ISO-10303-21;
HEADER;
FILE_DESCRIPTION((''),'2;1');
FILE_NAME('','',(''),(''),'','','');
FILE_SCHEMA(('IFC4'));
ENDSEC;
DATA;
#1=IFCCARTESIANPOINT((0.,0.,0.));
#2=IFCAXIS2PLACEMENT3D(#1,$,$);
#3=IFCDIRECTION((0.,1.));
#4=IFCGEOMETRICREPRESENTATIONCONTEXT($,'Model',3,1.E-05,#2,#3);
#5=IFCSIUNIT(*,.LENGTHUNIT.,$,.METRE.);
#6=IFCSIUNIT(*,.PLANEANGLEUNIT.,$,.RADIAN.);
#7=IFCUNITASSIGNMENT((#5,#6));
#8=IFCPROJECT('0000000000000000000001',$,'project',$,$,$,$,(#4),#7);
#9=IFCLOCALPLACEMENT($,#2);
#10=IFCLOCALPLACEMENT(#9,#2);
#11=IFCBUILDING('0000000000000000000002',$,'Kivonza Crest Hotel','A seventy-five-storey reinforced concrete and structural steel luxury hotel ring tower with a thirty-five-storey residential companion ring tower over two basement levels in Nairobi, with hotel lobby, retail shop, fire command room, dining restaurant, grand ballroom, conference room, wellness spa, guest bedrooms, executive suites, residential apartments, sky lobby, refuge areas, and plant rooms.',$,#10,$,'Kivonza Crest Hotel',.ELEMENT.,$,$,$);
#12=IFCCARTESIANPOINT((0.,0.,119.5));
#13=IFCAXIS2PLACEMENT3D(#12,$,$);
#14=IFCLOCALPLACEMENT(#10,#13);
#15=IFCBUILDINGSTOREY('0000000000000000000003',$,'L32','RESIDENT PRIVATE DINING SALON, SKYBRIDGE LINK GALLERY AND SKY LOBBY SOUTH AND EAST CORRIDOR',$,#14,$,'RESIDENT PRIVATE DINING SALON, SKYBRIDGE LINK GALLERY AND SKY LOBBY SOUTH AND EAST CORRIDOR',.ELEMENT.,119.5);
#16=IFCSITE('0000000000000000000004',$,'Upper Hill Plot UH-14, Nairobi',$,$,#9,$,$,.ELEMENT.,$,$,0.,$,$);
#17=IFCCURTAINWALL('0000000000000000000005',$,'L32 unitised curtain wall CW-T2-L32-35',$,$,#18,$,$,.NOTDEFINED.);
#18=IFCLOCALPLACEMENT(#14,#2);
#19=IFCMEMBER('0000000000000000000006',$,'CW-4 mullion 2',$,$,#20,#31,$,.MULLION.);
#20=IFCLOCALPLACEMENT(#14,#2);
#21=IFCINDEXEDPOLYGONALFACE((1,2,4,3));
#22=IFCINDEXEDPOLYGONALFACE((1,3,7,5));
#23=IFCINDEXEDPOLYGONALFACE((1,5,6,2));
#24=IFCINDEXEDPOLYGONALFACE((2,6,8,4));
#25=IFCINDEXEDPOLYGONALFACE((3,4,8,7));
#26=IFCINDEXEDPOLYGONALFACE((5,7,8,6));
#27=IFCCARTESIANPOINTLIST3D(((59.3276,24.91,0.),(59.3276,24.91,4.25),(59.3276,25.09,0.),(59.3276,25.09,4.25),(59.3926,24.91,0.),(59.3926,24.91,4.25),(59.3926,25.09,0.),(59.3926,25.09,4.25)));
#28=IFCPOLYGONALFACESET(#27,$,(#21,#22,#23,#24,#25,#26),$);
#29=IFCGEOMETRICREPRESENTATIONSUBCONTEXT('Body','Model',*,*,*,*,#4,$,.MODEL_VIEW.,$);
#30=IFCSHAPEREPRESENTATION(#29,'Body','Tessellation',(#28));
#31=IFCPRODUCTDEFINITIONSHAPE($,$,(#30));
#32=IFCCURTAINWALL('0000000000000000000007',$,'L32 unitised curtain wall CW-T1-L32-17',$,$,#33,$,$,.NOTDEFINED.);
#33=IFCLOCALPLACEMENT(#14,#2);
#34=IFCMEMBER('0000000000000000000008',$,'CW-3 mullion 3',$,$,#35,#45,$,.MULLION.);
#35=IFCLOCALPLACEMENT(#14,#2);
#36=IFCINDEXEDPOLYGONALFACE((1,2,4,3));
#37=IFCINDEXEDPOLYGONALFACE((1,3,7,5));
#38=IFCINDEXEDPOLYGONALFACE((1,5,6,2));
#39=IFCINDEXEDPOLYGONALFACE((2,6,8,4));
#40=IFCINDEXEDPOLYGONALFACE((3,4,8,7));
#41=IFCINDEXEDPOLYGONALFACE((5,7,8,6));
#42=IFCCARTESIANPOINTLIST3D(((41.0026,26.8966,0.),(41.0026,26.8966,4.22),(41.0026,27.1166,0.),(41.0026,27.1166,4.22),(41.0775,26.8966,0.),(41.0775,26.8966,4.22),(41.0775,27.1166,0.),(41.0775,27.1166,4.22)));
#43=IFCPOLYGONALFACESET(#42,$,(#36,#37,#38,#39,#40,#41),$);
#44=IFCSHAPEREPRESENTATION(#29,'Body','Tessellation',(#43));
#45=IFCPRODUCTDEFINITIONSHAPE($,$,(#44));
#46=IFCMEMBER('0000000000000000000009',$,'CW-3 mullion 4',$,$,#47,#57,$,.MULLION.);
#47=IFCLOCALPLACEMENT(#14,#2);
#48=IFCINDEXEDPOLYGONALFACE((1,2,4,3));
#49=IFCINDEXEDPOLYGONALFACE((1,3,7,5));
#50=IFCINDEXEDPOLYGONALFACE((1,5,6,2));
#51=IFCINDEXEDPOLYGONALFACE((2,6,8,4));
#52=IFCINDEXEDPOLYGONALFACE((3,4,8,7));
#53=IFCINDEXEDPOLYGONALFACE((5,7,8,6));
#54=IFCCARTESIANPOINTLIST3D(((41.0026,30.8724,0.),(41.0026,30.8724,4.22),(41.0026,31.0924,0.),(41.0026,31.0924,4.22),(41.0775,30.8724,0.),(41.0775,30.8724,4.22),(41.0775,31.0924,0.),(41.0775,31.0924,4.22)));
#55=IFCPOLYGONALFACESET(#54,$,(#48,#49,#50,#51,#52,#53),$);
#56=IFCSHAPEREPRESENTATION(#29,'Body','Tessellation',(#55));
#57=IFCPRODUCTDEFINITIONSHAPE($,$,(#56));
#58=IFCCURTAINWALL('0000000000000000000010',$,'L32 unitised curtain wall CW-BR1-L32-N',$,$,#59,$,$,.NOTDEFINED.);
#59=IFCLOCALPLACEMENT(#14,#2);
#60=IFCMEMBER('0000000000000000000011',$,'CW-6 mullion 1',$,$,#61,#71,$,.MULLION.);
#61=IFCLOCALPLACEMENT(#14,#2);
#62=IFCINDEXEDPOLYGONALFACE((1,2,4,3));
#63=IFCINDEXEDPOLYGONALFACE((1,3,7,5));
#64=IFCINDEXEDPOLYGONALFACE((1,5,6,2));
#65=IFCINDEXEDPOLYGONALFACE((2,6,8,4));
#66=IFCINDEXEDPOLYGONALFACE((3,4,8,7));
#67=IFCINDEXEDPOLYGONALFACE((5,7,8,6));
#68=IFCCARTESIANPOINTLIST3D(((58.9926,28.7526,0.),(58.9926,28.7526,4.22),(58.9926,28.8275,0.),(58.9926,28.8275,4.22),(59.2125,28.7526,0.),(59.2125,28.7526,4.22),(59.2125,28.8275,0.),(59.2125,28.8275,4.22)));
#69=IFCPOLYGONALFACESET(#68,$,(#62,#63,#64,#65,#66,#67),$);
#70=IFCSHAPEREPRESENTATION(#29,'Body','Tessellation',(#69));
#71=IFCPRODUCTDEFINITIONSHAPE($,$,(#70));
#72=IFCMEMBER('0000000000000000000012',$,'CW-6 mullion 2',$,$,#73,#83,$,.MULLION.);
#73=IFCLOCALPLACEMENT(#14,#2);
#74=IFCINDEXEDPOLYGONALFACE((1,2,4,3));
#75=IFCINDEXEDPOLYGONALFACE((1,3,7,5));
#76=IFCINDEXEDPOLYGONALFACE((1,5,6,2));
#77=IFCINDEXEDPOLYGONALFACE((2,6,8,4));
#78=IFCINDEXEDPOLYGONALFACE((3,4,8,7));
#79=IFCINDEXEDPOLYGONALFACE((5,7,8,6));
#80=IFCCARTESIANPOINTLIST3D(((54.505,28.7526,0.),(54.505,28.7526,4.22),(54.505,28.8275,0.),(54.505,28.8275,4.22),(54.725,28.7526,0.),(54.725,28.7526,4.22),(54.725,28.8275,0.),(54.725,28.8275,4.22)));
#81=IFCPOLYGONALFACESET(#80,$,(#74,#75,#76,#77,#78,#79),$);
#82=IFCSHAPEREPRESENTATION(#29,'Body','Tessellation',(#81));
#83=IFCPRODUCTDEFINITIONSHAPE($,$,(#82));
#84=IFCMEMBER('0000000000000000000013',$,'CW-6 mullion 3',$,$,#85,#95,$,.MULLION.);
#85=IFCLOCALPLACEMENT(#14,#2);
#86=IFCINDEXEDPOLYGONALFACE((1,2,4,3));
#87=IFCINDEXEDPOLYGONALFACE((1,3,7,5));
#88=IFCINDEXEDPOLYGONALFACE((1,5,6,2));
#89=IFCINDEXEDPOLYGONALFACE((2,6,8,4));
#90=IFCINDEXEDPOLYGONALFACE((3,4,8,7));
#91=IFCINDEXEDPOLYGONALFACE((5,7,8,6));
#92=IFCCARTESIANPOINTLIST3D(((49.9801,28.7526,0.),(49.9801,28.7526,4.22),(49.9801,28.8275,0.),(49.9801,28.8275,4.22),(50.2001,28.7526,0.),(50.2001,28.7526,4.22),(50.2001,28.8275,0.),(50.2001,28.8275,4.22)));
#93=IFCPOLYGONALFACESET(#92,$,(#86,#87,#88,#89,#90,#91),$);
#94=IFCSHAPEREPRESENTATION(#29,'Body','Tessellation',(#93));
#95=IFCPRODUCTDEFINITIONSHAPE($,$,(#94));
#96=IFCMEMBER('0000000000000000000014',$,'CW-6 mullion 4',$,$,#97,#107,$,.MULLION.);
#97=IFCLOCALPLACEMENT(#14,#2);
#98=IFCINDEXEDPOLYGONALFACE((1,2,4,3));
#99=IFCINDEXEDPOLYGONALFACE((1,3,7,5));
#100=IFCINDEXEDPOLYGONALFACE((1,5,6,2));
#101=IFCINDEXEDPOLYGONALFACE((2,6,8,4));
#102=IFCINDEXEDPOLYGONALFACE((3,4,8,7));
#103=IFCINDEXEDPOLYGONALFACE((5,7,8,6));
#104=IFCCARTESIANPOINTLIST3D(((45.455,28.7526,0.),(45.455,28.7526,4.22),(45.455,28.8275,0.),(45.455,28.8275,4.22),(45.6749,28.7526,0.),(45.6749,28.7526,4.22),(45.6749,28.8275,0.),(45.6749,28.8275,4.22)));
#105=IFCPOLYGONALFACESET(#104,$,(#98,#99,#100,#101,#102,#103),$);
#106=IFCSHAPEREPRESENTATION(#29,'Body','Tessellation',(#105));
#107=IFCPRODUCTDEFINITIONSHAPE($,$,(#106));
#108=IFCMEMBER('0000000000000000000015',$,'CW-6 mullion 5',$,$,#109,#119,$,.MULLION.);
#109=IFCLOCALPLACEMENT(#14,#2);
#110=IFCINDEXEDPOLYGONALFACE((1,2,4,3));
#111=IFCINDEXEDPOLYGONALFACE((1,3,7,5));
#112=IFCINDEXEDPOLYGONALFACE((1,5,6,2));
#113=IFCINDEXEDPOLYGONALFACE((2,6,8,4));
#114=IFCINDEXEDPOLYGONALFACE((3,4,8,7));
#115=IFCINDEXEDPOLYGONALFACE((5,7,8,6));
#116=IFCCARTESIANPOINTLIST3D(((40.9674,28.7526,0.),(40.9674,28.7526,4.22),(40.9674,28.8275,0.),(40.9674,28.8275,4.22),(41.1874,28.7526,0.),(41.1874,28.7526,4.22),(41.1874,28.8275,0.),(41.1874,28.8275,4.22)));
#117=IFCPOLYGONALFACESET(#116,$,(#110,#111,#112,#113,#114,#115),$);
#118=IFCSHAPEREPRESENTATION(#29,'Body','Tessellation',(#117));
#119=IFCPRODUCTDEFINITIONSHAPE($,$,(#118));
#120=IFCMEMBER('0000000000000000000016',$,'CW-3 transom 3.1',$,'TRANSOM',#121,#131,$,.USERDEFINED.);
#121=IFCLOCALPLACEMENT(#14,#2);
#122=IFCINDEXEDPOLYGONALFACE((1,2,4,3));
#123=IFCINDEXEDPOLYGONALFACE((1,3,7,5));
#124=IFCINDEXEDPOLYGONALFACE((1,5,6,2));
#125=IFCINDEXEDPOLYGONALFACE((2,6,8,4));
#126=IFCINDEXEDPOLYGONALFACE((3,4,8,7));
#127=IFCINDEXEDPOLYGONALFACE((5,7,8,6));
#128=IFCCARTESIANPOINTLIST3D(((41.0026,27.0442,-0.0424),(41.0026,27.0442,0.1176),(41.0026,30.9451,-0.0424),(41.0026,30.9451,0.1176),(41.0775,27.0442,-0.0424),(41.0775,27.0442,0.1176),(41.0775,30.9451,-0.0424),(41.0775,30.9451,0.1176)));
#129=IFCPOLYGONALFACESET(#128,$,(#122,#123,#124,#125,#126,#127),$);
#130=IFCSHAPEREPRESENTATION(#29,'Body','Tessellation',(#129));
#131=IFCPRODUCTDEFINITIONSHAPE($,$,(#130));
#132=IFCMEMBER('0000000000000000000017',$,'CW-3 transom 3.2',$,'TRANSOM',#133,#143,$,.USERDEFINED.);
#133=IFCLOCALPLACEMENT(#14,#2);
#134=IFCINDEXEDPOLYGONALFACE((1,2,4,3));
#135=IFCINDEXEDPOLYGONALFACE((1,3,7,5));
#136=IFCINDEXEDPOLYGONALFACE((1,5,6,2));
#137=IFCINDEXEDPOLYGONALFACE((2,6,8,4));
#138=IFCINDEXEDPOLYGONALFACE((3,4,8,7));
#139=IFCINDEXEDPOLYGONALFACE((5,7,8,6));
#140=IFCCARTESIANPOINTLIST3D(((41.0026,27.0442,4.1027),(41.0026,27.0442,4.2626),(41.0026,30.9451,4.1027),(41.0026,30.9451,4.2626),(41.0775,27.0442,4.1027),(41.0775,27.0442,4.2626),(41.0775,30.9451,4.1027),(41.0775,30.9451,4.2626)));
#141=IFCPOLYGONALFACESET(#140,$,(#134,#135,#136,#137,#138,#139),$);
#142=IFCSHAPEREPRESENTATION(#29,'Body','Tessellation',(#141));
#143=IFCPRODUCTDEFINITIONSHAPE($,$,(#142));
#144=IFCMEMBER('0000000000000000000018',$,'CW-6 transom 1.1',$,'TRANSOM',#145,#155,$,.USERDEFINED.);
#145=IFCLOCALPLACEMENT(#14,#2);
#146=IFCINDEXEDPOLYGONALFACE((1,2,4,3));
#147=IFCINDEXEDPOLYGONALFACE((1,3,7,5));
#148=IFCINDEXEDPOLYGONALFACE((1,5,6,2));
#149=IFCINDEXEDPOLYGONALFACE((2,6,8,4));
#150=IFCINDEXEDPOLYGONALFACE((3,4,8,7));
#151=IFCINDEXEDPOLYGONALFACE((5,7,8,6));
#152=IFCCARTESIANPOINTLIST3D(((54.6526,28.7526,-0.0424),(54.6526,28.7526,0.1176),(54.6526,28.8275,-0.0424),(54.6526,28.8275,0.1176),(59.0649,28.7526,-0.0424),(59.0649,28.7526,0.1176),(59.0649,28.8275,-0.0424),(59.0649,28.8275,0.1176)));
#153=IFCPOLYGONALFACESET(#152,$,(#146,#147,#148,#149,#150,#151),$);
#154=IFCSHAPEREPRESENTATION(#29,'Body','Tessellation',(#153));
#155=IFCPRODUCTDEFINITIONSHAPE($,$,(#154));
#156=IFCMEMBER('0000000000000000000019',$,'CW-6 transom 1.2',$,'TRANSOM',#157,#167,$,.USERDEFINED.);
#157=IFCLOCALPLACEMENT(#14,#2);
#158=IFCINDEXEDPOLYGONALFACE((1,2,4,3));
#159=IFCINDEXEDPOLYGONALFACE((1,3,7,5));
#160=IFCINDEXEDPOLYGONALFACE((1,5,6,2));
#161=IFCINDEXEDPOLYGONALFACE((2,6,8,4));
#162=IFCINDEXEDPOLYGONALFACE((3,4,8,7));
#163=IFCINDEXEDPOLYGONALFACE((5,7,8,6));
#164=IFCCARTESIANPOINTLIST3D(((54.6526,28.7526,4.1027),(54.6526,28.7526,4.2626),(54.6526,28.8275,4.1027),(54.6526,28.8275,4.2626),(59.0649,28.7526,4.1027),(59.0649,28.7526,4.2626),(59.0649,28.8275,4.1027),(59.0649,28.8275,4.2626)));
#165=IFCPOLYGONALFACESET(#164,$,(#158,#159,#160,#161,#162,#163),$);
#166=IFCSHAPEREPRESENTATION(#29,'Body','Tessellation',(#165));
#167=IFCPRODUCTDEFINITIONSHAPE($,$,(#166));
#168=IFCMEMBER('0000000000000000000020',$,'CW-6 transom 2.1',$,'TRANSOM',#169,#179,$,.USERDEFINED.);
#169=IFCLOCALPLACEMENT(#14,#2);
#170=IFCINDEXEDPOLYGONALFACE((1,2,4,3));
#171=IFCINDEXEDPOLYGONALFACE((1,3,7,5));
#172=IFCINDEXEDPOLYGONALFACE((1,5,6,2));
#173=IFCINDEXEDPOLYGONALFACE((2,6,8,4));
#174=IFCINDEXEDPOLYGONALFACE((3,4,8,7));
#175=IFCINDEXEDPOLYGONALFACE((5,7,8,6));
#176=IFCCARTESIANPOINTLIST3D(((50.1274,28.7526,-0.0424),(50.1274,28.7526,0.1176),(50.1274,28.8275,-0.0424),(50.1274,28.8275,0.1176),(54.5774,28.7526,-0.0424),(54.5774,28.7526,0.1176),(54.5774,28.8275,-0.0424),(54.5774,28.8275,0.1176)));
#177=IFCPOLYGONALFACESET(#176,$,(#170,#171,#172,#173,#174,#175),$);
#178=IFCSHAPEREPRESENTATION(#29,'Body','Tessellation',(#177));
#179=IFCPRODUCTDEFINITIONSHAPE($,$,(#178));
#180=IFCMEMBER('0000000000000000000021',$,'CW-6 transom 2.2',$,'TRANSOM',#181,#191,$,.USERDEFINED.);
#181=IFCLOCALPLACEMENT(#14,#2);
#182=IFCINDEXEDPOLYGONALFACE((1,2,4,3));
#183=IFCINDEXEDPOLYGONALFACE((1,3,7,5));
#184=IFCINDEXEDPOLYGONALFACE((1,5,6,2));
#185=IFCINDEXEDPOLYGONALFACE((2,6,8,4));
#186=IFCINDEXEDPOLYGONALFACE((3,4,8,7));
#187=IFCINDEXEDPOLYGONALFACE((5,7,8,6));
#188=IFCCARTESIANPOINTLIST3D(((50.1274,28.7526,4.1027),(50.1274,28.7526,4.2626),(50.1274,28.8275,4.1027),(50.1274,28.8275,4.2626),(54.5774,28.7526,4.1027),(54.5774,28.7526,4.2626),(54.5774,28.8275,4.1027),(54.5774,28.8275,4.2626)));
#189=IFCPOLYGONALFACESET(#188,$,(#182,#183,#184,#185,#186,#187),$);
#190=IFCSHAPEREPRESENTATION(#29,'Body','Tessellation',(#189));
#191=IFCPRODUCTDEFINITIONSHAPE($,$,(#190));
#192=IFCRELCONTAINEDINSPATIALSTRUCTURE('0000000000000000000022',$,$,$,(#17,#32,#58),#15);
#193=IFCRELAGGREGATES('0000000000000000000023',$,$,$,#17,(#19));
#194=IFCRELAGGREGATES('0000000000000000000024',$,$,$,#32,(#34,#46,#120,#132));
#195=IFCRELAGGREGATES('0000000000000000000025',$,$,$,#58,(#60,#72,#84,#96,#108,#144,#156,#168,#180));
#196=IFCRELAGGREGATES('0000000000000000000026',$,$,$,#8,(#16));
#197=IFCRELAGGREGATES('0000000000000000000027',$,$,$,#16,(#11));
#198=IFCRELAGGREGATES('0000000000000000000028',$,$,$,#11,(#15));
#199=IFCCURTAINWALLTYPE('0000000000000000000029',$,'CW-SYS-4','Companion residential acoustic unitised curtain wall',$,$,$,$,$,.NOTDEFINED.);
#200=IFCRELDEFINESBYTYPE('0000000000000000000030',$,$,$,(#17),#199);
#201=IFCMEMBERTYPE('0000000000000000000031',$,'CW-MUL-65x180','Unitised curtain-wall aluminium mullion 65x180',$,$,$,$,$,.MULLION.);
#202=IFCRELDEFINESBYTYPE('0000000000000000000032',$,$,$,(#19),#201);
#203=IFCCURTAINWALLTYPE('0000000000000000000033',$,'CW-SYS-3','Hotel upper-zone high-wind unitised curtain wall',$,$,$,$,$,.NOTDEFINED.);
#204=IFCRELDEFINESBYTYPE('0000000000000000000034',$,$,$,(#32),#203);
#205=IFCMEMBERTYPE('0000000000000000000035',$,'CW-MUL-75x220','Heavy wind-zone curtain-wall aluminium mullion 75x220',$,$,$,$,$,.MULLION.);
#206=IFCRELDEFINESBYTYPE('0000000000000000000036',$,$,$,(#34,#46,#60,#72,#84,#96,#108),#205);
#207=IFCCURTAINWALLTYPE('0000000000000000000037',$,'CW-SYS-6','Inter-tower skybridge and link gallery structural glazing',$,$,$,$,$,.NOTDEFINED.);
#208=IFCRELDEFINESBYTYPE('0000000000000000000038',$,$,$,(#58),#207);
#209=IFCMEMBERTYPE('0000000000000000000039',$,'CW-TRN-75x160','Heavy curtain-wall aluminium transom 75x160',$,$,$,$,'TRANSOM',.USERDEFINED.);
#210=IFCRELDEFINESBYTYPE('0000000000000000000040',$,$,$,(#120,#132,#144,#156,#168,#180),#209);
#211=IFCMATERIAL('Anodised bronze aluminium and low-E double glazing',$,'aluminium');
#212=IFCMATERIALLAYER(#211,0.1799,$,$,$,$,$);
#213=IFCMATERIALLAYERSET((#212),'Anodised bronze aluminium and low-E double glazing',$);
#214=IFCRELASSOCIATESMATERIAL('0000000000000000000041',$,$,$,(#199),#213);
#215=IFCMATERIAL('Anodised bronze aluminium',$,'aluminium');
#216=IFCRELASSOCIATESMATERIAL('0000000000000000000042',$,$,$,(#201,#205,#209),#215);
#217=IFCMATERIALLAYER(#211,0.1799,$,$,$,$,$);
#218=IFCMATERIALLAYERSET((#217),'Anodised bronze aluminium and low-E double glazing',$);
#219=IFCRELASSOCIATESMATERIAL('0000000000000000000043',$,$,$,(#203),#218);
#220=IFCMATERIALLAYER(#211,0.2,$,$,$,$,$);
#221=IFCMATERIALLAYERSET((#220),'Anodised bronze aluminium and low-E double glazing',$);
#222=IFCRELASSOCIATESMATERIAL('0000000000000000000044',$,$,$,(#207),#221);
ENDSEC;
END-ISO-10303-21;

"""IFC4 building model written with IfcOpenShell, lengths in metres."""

from ifc_helpers import new_model, si_unit, direction, frame, origin, origin_2d, place, context, subcontext, project, spatial, rectangle, extrude, material, layer, layer_set, material_profile, profile_set, type_object, element, aggregate, save


model = new_model("IFC4")

# Units and contexts
model_context = context("Model", 3, precision=1e-05, world=origin(), true_north=direction((0.0, 1.0)))
body_context = subcontext(model_context, "Body", "Model", "MODEL_VIEW")
ifc_project = project(units=[si_unit("LENGTHUNIT", "METRE"), si_unit("PLANEANGLEUNIT", "RADIAN")], contexts=[model_context])

# Site, building, storey
site_placement = place(None, origin())
site = spatial("IfcSite", under=ifc_project, at=site_placement, Name="Upper Hill Plot UH-14, Nairobi", CompositionType="ELEMENT", RefElevation=0.0)
building_placement = place(site_placement, origin())
building = spatial("IfcBuilding", under=site, at=building_placement, Name="Kivonza Crest Hotel", Description="A seventy-five-storey reinforced concrete and structural steel luxury hotel ring tower with a thirty-five-storey residential companion ring tower over two basement levels in Nairobi, with hotel lobby, retail shop, fire command room, dining restaurant, grand ballroom, conference room, wellness spa, guest bedrooms, executive suites, residential apartments, sky lobby, refuge areas, and plant rooms.", LongName="Kivonza Crest Hotel", CompositionType="ELEMENT")
storey_placement = place(building_placement, frame((0.0, 0.0, 119.5)))
storey = spatial("IfcBuildingStorey", under=building, at=storey_placement, Name="L32", Description="RESIDENT PRIVATE DINING SALON, SKYBRIDGE LINK GALLERY AND SKY LOBBY SOUTH AND EAST CORRIDOR", LongName="RESIDENT PRIVATE DINING SALON, SKYBRIDGE LINK GALLERY AND SKY LOBBY SOUTH AND EAST CORRIDOR", CompositionType="ELEMENT", Elevation=119.5)

# Curtain wall, member
ifc_material_1 = material(Name="Anodised bronze aluminium and low-E double glazing", Category="aluminium")
ifc_layer_1 = layer(ifc_material_1, 0.1799)
ifc_layer_set_1 = layer_set([ifc_layer_1], Name="Anodised bronze aluminium and low-E double glazing")
curtain_wall_type_1 = type_object("IfcCurtainWallType", Name="CW-SYS-4", Description="Companion residential acoustic unitised curtain wall", PredefinedType="NOTDEFINED", material=ifc_layer_set_1)
curtain_wall_1_placement = place(storey_placement, origin())
curtain_wall_1 = element("IfcCurtainWall", 1, at=curtain_wall_1_placement, inside=storey, type_object=curtain_wall_type_1, Name="L32 unitised curtain wall CW-T2-L32-35", PredefinedType="NOTDEFINED")
ifc_material_2 = material(Name="Anodised bronze aluminium", Category="aluminium")
ifc_material_profile_1 = material_profile(ifc_material_2, rectangle(XDim=0.0649, YDim=0.1799, at=origin_2d()), Name="CW-M 65x180")
ifc_profile_set_1 = profile_set([ifc_material_profile_1], Name="Anodised bronze aluminium")
member_type_1 = type_object("IfcMemberType", Name="CW-MUL-65x180", Description="Unitised curtain-wall aluminium mullion 65x180", PredefinedType="MULLION", material=ifc_profile_set_1)
member_1_placement = place(storey_placement, frame((59.3601, 25.0, 0.0), z_axis=(0.0, 0.0, 1.0), x_axis=(1.0, 0.0, 0.0)))
member_1 = element("IfcMember", 2, at=member_1_placement, type_object=member_type_1, Name="CW-4 mullion 2", PredefinedType="MULLION", context=body_context, shape_type="SweptSolid", body=[
    extrude(rectangle(XDim=0.0649, YDim=0.1799, at=origin_2d()), origin(), (0.0, 0.0, 1.0), 4.25),
])

# Curtain walls, members
ifc_layer_2 = layer(ifc_material_1, 0.1799)
ifc_layer_set_2 = layer_set([ifc_layer_2], Name="Anodised bronze aluminium and low-E double glazing")
curtain_wall_type_2 = type_object("IfcCurtainWallType", Name="CW-SYS-3", Description="Hotel upper-zone high-wind unitised curtain wall", PredefinedType="NOTDEFINED", material=ifc_layer_set_2)
curtain_wall_2_placement = place(storey_placement, origin())
curtain_wall_2 = element("IfcCurtainWall", 3, at=curtain_wall_2_placement, inside=storey, type_object=curtain_wall_type_2, Name="L32 unitised curtain wall CW-T1-L32-17", PredefinedType="NOTDEFINED")
ifc_material_profile_2 = material_profile(ifc_material_2, rectangle(XDim=0.075, YDim=0.22, at=origin_2d()), Name="CW-M 75x220")
ifc_profile_set_2 = profile_set([ifc_material_profile_2], Name="Anodised bronze aluminium")
member_type_2 = type_object("IfcMemberType", Name="CW-MUL-75x220", Description="Heavy wind-zone curtain-wall aluminium mullion 75x220", PredefinedType="MULLION", material=ifc_profile_set_2)
member_2_placement = place(storey_placement, frame((41.04, 27.0066, 0.0), z_axis=(0.0, 0.0, 1.0), x_axis=(-1.0, 0.0, 0.0)))
member_2 = element("IfcMember", 4, at=member_2_placement, type_object=member_type_2, Name="CW-3 mullion 3", PredefinedType="MULLION", context=body_context, shape_type="SweptSolid", body=[
    extrude(rectangle(XDim=0.075, YDim=0.22, at=origin_2d()), origin(), (0.0, 0.0, 1.0), 4.22),
])
member_3_placement = place(storey_placement, frame((41.04, 30.9824, 0.0), z_axis=(0.0, 0.0, 1.0), x_axis=(-1.0, 0.0, 0.0)))
member_3 = element("IfcMember", 5, at=member_3_placement, type_object=member_type_2, Name="CW-3 mullion 4", PredefinedType="MULLION", context=body_context, shape_type="SweptSolid", body=[
    extrude(rectangle(XDim=0.075, YDim=0.22, at=origin_2d()), origin(), (0.0, 0.0, 1.0), 4.22),
])
ifc_layer_3 = layer(ifc_material_1, 0.2)
ifc_layer_set_3 = layer_set([ifc_layer_3], Name="Anodised bronze aluminium and low-E double glazing")
curtain_wall_type_3 = type_object("IfcCurtainWallType", Name="CW-SYS-6", Description="Inter-tower skybridge and link gallery structural glazing", PredefinedType="NOTDEFINED", material=ifc_layer_set_3)
curtain_wall_3_placement = place(storey_placement, origin())
curtain_wall_3 = element("IfcCurtainWall", 6, at=curtain_wall_3_placement, inside=storey, type_object=curtain_wall_type_3, Name="L32 unitised curtain wall CW-BR1-L32-N", PredefinedType="NOTDEFINED")
member_4_placement = place(storey_placement, frame((59.1025, 28.79, 0.0), z_axis=(0.0, 0.0, 1.0), x_axis=(0.0, -1.0, 0.0)))
member_4 = element("IfcMember", 7, at=member_4_placement, type_object=member_type_2, Name="CW-6 mullion 1", PredefinedType="MULLION", context=body_context, shape_type="SweptSolid", body=[
    extrude(rectangle(XDim=0.075, YDim=0.22, at=origin_2d()), origin(), (0.0, 0.0, 1.0), 4.22),
])
member_5_placement = place(storey_placement, frame((54.615, 28.79, 0.0), z_axis=(0.0, 0.0, 1.0), x_axis=(0.0, -1.0, 0.0)))
member_5 = element("IfcMember", 8, at=member_5_placement, type_object=member_type_2, Name="CW-6 mullion 2", PredefinedType="MULLION", context=body_context, shape_type="SweptSolid", body=[
    extrude(rectangle(XDim=0.075, YDim=0.22, at=origin_2d()), origin(), (0.0, 0.0, 1.0), 4.22),
])
member_6_placement = place(storey_placement, frame((50.0901, 28.79, 0.0), z_axis=(0.0, 0.0, 1.0), x_axis=(0.0, -1.0, 0.0)))
member_6 = element("IfcMember", 9, at=member_6_placement, type_object=member_type_2, Name="CW-6 mullion 3", PredefinedType="MULLION", context=body_context, shape_type="SweptSolid", body=[
    extrude(rectangle(XDim=0.075, YDim=0.22, at=origin_2d()), origin(), (0.0, 0.0, 1.0), 4.22),
])
member_7_placement = place(storey_placement, frame((45.5649, 28.79, 0.0), z_axis=(0.0, 0.0, 1.0), x_axis=(0.0, -1.0, 0.0)))
member_7 = element("IfcMember", 10, at=member_7_placement, type_object=member_type_2, Name="CW-6 mullion 4", PredefinedType="MULLION", context=body_context, shape_type="SweptSolid", body=[
    extrude(rectangle(XDim=0.075, YDim=0.22, at=origin_2d()), origin(), (0.0, 0.0, 1.0), 4.22),
])
member_8_placement = place(storey_placement, frame((41.0774, 28.79, 0.0), z_axis=(0.0, 0.0, 1.0), x_axis=(0.0, -1.0, 0.0)))
member_8 = element("IfcMember", 11, at=member_8_placement, type_object=member_type_2, Name="CW-6 mullion 5", PredefinedType="MULLION", context=body_context, shape_type="SweptSolid", body=[
    extrude(rectangle(XDim=0.075, YDim=0.22, at=origin_2d()), origin(), (0.0, 0.0, 1.0), 4.22),
])

# Members
ifc_material_profile_3 = material_profile(ifc_material_2, rectangle(XDim=0.075, YDim=0.1599, at=origin_2d()), Name="CW-T 75x160")
ifc_profile_set_3 = profile_set([ifc_material_profile_3], Name="Anodised bronze aluminium")
member_type_3 = type_object("IfcMemberType", Name="CW-TRN-75x160", Description="Heavy curtain-wall aluminium transom 75x160", ElementType="TRANSOM", PredefinedType="USERDEFINED", material=ifc_profile_set_3)
member_9_placement = place(storey_placement, frame((41.04, 27.0442, 0.0376), z_axis=(0.0, 1.0, 0.0), x_axis=(-1.0, 0.0, 0.0)))
member_9 = element("IfcMember", 12, at=member_9_placement, type_object=member_type_3, Name="CW-3 transom 3.1", ObjectType="TRANSOM", PredefinedType="USERDEFINED", context=body_context, shape_type="SweptSolid", body=[
    extrude(rectangle(XDim=0.075, YDim=0.1599, at=origin_2d()), origin(), (0.0, 0.0, 1.0), 3.9009),
])
member_10_placement = place(storey_placement, frame((41.04, 27.0442, 4.1826), z_axis=(0.0, 1.0, 0.0), x_axis=(-1.0, 0.0, 0.0)))
member_10 = element("IfcMember", 13, at=member_10_placement, type_object=member_type_3, Name="CW-3 transom 3.2", ObjectType="TRANSOM", PredefinedType="USERDEFINED", context=body_context, shape_type="SweptSolid", body=[
    extrude(rectangle(XDim=0.075, YDim=0.1599, at=origin_2d()), origin(), (0.0, 0.0, 1.0), 3.9009),
])
member_11_placement = place(storey_placement, frame((59.0649, 28.79, 0.0376), z_axis=(-1.0, 0.0, 0.0), x_axis=(0.0, -1.0, 0.0)))
member_11 = element("IfcMember", 14, at=member_11_placement, type_object=member_type_3, Name="CW-6 transom 1.1", ObjectType="TRANSOM", PredefinedType="USERDEFINED", context=body_context, shape_type="SweptSolid", body=[
    extrude(rectangle(XDim=0.075, YDim=0.1599, at=origin_2d()), origin(), (0.0, 0.0, 1.0), 4.4124),
])
member_12_placement = place(storey_placement, frame((59.0649, 28.79, 4.1826), z_axis=(-1.0, 0.0, 0.0), x_axis=(0.0, -1.0, 0.0)))
member_12 = element("IfcMember", 15, at=member_12_placement, type_object=member_type_3, Name="CW-6 transom 1.2", ObjectType="TRANSOM", PredefinedType="USERDEFINED", context=body_context, shape_type="SweptSolid", body=[
    extrude(rectangle(XDim=0.075, YDim=0.1599, at=origin_2d()), origin(), (0.0, 0.0, 1.0), 4.4124),
])
member_13_placement = place(storey_placement, frame((54.5774, 28.79, 0.0376), z_axis=(-1.0, 0.0, 0.0), x_axis=(0.0, -1.0, 0.0)))
member_13 = element("IfcMember", 16, at=member_13_placement, type_object=member_type_3, Name="CW-6 transom 2.1", ObjectType="TRANSOM", PredefinedType="USERDEFINED", context=body_context, shape_type="SweptSolid", body=[
    extrude(rectangle(XDim=0.075, YDim=0.1599, at=origin_2d()), origin(), (0.0, 0.0, 1.0), 4.45),
])
member_14_placement = place(storey_placement, frame((54.5774, 28.79, 4.1826), z_axis=(-1.0, 0.0, 0.0), x_axis=(0.0, -1.0, 0.0)))
member_14 = element("IfcMember", 17, at=member_14_placement, type_object=member_type_3, Name="CW-6 transom 2.2", ObjectType="TRANSOM", PredefinedType="USERDEFINED", context=body_context, shape_type="SweptSolid", body=[
    extrude(rectangle(XDim=0.075, YDim=0.1599, at=origin_2d()), origin(), (0.0, 0.0, 1.0), 4.45),
])

aggregate(curtain_wall_1, [member_1])
aggregate(curtain_wall_2, [member_2, member_3, member_9, member_10])
aggregate(curtain_wall_3, [member_4, member_5, member_6, member_7, member_8, member_11, member_12, member_13, member_14])

save(model, "model.ifc")
